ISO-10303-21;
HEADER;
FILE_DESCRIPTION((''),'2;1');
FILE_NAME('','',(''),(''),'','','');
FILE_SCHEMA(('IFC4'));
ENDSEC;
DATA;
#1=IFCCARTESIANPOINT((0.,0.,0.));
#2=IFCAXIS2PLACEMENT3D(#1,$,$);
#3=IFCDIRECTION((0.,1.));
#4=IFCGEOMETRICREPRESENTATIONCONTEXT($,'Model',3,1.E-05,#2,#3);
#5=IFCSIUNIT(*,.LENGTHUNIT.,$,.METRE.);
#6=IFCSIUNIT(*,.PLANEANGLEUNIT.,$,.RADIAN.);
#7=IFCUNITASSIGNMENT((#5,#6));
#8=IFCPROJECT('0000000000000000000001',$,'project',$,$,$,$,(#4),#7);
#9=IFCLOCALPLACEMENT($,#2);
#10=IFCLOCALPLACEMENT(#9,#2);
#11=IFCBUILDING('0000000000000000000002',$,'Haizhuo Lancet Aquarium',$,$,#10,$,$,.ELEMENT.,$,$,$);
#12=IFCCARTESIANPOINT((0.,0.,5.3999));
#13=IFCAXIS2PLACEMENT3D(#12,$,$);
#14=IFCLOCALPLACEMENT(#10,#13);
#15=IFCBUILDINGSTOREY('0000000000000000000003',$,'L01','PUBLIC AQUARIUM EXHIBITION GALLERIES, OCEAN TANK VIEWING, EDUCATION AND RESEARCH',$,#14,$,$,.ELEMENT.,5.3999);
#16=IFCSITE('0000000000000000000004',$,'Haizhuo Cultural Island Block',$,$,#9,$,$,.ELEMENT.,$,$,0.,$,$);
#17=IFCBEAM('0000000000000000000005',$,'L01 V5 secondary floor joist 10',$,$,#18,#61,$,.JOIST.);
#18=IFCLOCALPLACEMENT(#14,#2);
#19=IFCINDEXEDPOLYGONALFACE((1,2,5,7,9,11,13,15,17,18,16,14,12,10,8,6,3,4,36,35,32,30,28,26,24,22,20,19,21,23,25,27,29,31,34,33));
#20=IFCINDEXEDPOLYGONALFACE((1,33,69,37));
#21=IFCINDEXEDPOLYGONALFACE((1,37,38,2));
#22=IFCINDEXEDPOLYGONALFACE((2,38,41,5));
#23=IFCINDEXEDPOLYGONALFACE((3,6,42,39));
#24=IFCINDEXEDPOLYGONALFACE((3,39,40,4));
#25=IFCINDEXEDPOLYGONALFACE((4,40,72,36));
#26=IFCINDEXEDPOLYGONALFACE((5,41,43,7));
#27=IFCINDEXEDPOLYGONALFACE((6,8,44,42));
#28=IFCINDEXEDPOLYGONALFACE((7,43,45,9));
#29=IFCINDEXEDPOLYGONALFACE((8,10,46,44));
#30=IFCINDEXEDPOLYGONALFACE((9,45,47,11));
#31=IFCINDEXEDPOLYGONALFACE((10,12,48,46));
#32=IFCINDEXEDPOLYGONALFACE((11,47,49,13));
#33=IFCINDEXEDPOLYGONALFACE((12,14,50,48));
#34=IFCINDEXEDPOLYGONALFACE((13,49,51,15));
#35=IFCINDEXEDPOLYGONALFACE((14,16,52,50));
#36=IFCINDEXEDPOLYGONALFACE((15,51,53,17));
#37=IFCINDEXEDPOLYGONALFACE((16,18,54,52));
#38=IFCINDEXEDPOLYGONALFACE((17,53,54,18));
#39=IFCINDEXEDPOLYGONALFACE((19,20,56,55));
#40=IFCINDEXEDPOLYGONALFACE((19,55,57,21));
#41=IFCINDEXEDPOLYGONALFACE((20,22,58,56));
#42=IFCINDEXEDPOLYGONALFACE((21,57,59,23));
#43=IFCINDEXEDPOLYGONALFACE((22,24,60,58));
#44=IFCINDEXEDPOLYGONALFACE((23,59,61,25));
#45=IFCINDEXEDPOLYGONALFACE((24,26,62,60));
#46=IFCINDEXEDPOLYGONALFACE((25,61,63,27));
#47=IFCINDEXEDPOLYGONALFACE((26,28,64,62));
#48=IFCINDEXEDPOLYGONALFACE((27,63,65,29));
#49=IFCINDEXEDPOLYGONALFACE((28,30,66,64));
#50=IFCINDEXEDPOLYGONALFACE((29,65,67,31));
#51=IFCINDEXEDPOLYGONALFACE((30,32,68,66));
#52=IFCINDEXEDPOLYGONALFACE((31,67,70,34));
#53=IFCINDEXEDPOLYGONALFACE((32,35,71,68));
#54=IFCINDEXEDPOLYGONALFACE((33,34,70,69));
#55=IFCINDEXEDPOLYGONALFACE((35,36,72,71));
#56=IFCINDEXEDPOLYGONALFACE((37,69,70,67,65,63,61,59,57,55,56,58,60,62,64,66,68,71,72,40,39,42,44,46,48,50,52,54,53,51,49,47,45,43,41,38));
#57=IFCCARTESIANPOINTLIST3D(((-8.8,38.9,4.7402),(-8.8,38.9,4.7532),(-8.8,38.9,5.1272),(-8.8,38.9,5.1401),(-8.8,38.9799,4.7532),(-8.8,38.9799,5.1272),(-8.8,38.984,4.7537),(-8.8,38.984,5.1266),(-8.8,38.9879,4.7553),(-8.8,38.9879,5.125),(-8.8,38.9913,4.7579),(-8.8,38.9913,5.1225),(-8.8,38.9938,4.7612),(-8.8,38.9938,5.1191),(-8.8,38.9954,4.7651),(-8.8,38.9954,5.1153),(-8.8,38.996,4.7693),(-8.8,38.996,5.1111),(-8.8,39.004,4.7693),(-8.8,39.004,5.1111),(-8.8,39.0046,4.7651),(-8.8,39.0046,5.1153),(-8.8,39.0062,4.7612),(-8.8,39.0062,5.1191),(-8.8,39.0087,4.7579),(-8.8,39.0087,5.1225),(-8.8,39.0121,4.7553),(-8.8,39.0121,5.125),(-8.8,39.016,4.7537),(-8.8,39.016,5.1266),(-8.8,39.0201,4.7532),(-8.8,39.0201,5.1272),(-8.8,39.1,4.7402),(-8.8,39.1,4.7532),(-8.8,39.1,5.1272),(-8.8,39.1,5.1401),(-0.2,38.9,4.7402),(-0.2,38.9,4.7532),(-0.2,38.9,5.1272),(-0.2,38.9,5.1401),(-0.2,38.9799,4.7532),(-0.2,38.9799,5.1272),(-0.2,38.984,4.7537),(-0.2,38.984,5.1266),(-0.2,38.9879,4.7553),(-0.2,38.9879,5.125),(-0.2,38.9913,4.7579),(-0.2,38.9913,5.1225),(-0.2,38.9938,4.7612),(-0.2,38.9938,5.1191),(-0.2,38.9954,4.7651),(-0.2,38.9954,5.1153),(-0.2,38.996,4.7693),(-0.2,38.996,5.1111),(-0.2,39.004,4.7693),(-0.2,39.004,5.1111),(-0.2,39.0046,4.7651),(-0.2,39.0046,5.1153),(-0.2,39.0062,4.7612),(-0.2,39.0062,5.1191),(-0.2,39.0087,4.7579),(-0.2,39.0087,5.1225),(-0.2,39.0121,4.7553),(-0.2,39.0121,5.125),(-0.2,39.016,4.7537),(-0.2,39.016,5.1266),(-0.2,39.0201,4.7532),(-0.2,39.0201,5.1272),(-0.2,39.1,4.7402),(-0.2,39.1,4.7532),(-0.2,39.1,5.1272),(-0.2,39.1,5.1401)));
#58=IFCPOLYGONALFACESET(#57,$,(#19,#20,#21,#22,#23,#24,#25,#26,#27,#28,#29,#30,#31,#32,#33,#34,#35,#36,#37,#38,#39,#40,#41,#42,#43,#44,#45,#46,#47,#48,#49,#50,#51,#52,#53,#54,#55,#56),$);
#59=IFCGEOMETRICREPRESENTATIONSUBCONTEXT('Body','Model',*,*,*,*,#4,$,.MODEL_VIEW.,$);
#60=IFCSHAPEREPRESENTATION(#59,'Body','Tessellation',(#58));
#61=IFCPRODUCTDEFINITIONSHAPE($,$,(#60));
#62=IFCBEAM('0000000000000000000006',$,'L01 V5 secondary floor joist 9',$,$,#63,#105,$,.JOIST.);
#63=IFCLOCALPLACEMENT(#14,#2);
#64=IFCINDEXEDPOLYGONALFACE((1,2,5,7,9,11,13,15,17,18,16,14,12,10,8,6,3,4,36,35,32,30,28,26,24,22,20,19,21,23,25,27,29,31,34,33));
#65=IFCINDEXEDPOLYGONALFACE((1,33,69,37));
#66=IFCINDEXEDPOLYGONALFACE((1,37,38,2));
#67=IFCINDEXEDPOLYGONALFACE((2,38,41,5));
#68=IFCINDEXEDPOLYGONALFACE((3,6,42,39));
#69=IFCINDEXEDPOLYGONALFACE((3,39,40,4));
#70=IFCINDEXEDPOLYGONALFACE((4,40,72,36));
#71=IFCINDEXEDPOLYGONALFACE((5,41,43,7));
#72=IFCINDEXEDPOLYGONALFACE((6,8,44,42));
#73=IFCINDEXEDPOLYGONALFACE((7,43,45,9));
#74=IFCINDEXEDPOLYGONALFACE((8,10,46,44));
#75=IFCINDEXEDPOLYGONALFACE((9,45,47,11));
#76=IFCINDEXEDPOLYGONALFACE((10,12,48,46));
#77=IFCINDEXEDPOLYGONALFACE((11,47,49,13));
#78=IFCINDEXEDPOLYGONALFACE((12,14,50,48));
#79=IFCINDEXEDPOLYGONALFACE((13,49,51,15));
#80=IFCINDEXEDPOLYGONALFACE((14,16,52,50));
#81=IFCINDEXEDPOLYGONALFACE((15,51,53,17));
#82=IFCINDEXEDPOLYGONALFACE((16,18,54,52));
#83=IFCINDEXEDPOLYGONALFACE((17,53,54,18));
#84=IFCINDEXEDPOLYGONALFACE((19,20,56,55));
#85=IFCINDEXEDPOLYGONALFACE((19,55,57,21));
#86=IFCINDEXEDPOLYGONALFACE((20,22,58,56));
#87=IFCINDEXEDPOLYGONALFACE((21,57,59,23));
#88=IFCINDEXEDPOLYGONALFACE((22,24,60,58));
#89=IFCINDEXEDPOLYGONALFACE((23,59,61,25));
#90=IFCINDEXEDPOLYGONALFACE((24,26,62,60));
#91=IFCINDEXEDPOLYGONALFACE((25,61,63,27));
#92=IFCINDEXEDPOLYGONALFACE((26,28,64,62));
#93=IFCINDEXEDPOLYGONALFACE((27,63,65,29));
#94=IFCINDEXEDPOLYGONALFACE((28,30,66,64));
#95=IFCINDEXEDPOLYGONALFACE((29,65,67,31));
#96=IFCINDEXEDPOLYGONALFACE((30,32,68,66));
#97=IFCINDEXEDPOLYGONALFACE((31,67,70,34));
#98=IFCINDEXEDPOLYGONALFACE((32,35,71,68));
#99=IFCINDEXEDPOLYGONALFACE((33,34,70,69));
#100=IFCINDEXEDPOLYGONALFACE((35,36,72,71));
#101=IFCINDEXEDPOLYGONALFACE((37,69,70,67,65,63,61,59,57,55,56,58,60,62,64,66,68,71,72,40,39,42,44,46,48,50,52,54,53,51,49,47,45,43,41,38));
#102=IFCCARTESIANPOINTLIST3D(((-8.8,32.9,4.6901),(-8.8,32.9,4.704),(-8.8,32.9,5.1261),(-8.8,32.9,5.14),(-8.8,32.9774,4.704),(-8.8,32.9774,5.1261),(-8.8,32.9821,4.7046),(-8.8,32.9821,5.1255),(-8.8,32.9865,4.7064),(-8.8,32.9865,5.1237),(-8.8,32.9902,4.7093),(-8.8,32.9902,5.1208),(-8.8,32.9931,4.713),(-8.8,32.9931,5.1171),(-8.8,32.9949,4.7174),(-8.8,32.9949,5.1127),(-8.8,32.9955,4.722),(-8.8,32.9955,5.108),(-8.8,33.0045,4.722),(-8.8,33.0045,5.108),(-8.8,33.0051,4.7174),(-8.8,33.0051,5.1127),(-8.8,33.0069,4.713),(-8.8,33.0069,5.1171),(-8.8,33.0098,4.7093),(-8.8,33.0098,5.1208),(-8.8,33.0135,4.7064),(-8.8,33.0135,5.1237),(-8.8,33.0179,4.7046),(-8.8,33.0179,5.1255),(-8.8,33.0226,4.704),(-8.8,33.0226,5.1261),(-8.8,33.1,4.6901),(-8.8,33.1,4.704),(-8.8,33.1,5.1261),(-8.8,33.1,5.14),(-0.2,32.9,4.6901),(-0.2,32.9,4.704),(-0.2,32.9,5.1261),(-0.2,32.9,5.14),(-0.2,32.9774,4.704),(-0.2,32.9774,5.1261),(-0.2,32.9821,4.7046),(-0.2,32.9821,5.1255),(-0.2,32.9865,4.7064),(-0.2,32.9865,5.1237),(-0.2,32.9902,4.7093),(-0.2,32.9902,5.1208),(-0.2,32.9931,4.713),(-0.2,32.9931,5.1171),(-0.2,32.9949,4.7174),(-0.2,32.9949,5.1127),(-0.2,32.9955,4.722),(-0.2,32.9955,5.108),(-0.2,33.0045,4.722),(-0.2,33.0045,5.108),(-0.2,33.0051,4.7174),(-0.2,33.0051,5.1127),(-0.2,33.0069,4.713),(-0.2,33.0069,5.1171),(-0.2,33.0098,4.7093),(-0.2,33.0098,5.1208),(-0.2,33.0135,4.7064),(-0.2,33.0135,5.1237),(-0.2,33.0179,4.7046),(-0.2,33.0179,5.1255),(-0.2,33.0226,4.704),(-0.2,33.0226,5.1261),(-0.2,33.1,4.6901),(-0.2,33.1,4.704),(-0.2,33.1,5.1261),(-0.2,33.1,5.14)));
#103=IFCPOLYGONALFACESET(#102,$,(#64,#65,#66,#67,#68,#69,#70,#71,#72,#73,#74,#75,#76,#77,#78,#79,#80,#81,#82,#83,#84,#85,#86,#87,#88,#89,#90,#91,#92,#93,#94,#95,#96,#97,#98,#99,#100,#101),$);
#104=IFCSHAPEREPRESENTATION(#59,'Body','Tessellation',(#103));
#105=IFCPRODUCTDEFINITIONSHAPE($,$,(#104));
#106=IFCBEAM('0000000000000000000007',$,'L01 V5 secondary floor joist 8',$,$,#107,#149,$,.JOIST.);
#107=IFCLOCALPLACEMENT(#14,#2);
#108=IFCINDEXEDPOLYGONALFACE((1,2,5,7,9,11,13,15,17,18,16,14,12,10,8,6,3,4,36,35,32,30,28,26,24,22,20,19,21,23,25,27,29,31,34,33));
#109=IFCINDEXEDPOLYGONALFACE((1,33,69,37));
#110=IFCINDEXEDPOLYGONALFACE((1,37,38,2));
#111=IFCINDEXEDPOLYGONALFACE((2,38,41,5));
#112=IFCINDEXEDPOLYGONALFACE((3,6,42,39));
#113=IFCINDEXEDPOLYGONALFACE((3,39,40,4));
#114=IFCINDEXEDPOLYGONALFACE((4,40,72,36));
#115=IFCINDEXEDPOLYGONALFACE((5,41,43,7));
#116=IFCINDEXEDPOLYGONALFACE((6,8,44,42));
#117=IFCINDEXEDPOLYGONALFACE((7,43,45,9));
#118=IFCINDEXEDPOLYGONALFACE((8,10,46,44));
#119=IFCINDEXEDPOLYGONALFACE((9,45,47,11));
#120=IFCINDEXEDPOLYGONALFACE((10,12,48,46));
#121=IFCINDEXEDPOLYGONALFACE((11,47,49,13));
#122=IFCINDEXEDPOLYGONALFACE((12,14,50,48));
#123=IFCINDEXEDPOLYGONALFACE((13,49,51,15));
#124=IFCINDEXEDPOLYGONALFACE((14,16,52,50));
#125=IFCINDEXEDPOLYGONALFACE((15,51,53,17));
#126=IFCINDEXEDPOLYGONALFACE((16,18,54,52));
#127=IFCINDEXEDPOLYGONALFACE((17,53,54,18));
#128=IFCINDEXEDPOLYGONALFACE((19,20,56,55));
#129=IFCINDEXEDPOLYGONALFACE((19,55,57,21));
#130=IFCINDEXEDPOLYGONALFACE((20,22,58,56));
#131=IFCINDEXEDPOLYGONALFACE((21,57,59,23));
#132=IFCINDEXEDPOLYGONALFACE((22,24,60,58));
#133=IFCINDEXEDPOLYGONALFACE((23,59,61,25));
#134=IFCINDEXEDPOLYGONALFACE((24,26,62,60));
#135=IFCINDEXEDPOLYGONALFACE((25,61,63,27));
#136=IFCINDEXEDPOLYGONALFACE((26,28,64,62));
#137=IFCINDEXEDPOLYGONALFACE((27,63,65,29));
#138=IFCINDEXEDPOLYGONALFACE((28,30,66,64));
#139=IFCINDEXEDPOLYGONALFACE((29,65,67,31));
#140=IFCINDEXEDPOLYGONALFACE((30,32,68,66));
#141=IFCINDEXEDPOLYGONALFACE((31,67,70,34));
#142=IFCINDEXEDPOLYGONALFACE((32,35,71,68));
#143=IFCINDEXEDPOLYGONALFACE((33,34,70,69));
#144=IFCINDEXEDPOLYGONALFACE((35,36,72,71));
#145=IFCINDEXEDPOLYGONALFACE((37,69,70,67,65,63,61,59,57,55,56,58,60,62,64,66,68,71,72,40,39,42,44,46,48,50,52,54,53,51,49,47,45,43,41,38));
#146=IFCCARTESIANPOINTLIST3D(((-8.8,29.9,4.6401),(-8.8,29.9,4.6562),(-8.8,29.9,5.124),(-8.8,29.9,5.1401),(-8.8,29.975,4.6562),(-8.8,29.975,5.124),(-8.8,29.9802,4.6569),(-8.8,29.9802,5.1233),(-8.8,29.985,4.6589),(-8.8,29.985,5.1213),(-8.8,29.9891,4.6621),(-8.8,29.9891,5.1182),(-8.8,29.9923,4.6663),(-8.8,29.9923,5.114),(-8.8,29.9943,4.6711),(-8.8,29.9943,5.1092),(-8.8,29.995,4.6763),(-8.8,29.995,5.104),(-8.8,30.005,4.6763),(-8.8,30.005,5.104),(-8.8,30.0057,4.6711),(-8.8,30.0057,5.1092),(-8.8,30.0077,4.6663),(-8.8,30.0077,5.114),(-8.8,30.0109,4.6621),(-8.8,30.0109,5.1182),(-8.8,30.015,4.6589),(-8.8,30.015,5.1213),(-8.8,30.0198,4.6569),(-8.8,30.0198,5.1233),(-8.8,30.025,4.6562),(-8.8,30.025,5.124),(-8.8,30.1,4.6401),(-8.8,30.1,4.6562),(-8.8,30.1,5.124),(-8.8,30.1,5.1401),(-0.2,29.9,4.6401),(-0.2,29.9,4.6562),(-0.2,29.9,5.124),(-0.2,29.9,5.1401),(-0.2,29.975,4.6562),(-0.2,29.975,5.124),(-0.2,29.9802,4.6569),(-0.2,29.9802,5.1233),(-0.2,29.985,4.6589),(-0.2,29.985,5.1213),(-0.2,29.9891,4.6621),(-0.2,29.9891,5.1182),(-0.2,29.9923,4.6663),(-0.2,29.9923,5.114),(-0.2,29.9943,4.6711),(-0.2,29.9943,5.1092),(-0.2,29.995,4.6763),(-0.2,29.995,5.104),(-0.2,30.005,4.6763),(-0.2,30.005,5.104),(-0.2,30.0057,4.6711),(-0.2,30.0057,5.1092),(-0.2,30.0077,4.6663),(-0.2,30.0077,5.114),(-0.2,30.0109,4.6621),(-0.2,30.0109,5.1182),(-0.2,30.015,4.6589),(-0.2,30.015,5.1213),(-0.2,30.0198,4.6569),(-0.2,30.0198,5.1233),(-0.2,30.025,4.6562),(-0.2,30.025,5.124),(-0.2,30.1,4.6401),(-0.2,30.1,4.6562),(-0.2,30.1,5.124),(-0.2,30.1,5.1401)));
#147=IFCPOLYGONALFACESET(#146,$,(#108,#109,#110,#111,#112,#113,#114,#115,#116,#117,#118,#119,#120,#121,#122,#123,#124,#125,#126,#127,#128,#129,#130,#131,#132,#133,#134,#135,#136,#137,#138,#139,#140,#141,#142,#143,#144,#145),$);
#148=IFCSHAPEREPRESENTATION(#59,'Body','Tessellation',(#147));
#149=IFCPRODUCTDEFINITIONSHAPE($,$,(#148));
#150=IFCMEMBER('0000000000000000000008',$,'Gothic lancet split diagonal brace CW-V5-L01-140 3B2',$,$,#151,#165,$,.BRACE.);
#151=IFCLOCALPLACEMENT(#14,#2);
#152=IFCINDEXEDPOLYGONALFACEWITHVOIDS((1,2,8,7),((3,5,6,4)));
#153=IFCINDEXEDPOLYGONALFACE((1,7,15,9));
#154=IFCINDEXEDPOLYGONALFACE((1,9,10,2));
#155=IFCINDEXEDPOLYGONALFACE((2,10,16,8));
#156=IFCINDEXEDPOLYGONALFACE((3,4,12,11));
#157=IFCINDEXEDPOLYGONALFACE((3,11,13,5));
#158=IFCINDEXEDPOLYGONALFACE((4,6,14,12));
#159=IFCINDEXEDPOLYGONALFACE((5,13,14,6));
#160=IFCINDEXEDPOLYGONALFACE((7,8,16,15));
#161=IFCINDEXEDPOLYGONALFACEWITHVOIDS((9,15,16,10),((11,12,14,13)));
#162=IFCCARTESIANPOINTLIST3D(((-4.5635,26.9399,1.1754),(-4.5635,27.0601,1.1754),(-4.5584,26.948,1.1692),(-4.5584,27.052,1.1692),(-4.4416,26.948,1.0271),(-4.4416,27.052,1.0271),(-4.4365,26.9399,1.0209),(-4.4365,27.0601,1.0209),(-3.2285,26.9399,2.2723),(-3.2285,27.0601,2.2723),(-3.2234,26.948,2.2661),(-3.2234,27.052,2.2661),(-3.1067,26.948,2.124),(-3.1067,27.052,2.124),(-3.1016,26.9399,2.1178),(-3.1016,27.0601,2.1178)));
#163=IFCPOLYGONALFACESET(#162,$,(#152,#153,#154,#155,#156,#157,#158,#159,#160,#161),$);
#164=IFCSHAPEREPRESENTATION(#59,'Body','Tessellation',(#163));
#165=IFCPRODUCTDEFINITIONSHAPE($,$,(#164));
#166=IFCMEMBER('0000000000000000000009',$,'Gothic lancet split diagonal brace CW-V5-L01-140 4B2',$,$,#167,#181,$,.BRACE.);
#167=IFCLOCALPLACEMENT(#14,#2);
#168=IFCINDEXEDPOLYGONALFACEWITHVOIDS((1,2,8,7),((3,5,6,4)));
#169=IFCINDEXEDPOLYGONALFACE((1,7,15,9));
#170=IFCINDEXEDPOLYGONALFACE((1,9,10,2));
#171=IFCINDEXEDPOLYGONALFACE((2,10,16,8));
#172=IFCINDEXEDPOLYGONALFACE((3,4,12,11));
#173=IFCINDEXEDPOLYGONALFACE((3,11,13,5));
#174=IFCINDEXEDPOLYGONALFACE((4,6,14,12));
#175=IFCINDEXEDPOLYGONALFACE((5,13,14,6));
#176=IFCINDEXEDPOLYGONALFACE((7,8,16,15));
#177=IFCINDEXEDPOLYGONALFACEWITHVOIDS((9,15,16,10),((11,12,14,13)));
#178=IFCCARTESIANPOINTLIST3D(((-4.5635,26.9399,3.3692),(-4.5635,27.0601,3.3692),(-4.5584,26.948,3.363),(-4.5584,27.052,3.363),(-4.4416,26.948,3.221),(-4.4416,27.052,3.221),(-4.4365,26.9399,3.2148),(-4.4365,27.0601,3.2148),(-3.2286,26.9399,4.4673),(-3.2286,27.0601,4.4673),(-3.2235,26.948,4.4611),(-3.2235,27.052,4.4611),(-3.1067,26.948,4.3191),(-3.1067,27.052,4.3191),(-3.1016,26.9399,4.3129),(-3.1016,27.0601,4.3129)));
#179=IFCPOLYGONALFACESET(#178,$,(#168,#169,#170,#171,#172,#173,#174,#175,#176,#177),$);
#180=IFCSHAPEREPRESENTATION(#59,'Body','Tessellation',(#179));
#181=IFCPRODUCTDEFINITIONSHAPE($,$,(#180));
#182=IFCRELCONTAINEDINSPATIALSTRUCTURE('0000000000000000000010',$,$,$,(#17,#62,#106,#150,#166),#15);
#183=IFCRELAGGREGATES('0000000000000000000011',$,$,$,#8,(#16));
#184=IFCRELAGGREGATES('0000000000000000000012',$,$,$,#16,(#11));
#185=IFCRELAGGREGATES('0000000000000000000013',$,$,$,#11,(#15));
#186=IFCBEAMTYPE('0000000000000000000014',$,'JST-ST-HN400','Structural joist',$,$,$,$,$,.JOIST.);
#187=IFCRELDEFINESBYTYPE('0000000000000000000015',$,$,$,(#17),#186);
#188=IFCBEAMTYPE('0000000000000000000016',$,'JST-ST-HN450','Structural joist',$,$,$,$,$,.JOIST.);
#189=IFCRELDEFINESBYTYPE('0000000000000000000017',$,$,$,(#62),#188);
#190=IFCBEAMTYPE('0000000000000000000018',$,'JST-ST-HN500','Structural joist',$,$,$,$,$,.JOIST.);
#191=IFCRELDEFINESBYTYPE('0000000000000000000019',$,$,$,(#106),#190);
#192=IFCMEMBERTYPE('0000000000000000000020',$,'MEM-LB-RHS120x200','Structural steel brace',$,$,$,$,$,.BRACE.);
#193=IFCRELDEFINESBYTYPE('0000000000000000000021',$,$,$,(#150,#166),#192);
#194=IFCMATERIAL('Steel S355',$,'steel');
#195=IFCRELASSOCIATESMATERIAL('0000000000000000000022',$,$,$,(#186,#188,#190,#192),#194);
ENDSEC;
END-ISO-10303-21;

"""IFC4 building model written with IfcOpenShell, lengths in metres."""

from ifc_helpers import new_model, si_unit, direction, frame, origin, origin_2d, place, context, subcontext, project, spatial, hollow_rectangle, i_section, extrude, material, material_profile, profile_set, type_object, element, save


model = new_model("IFC4")

# Units and contexts
model_context = context("Model", 3, precision=1e-05, world=origin(), true_north=direction((0.0, 1.0)))
body_context = subcontext(model_context, "Body", "Model", "MODEL_VIEW")
ifc_project = project(units=[si_unit("LENGTHUNIT", "METRE"), si_unit("PLANEANGLEUNIT", "RADIAN")], contexts=[model_context])

# Site, building, storey
site_placement = place(None, origin())
site = spatial("IfcSite", under=ifc_project, at=site_placement, Name="Haizhuo Cultural Island Block", CompositionType="ELEMENT", RefElevation=0.0)
building_placement = place(site_placement, origin())
building = spatial("IfcBuilding", under=site, at=building_placement, Name="Haizhuo Lancet Aquarium", CompositionType="ELEMENT")
storey_placement = place(building_placement, frame((0.0, 0.0, 5.3999)))
storey = spatial("IfcBuildingStorey", under=building, at=storey_placement, Name="L01", Description="PUBLIC AQUARIUM EXHIBITION GALLERIES, OCEAN TANK VIEWING, EDUCATION AND RESEARCH", CompositionType="ELEMENT", Elevation=5.3999)

# Beams
ifc_material_1 = material(Name="Steel S355", Category="steel")
ifc_material_profile_1 = material_profile(ifc_material_1, i_section(OverallWidth=0.2, OverallDepth=0.3999, WebThickness=0.0081, FlangeThickness=0.0129, FilletRadius=0.0161, at=origin_2d()), Name="HN 400x200x8x13")
ifc_profile_set_1 = profile_set([ifc_material_profile_1], Name="Steel S355")
beam_type_1 = type_object("IfcBeamType", Name="JST-ST-HN400", Description="Structural joist", PredefinedType="JOIST", material=ifc_profile_set_1)
beam_1_placement = place(storey_placement, frame((-8.8, 39.0, 4.9402), z_axis=(1.0, 0.0, 0.0), x_axis=(0.0, 1.0, 0.0)))
element("IfcBeam", 1, at=beam_1_placement, inside=storey, type_object=beam_type_1, Name="L01 V5 secondary floor joist 10", PredefinedType="JOIST", context=body_context, shape_type="SweptSolid", body=[
    extrude(i_section(OverallWidth=0.2, OverallDepth=0.3999, WebThickness=0.0081, FlangeThickness=0.0129, FilletRadius=0.0161, at=origin_2d()), origin(), (0.0, 0.0, 1.0), 8.6001),
])
ifc_material_profile_2 = material_profile(ifc_material_1, i_section(OverallWidth=0.2, OverallDepth=0.45, WebThickness=0.009, FlangeThickness=0.0139, FilletRadius=0.0181, at=origin_2d()), Name="HN 450x200x9x14")
ifc_profile_set_2 = profile_set([ifc_material_profile_2], Name="Steel S355")
beam_type_2 = type_object("IfcBeamType", Name="JST-ST-HN450", Description="Structural joist", PredefinedType="JOIST", material=ifc_profile_set_2)
beam_2_placement = place(storey_placement, frame((-8.8, 33.0, 4.915), z_axis=(1.0, 0.0, 0.0), x_axis=(0.0, 1.0, 0.0)))
element("IfcBeam", 2, at=beam_2_placement, inside=storey, type_object=beam_type_2, Name="L01 V5 secondary floor joist 9", PredefinedType="JOIST", context=body_context, shape_type="SweptSolid", body=[
    extrude(i_section(OverallWidth=0.2, OverallDepth=0.45, WebThickness=0.009, FlangeThickness=0.0139, FilletRadius=0.0181, at=origin_2d()), origin(), (0.0, 0.0, 1.0), 8.6001),
])
ifc_material_profile_3 = material_profile(ifc_material_1, i_section(OverallWidth=0.2, OverallDepth=0.5, WebThickness=0.01, FlangeThickness=0.0161, FilletRadius=0.02, at=origin_2d()), Name="HN 500x200x10x16")
ifc_profile_set_3 = profile_set([ifc_material_profile_3], Name="Steel S355")
beam_type_3 = type_object("IfcBeamType", Name="JST-ST-HN500", Description="Structural joist", PredefinedType="JOIST", material=ifc_profile_set_3)
beam_3_placement = place(storey_placement, frame((-8.8, 30.0, 4.8901), z_axis=(1.0, 0.0, 0.0), x_axis=(0.0, 1.0, 0.0)))
element("IfcBeam", 3, at=beam_3_placement, inside=storey, type_object=beam_type_3, Name="L01 V5 secondary floor joist 8", PredefinedType="JOIST", context=body_context, shape_type="SweptSolid", body=[
    extrude(i_section(OverallWidth=0.2, OverallDepth=0.5, WebThickness=0.01, FlangeThickness=0.0161, FilletRadius=0.02, at=origin_2d()), origin(), (0.0, 0.0, 1.0), 8.6001),
])

# Members
ifc_material_profile_4 = material_profile(ifc_material_1, hollow_rectangle(XDim=0.1201, YDim=0.2, WallThickness=0.0081, at=origin_2d()), Name="RHS 120x200x8")
ifc_profile_set_4 = profile_set([ifc_material_profile_4], Name="Steel S355")
member_type_1 = type_object("IfcMemberType", Name="MEM-LB-RHS120x200", Description="Structural steel brace", PredefinedType="BRACE", material=ifc_profile_set_4)
member_1_placement = place(storey_placement, frame((-4.5, 27.0, 1.0981), z_axis=(0.772627, 0.0, 0.63486), x_axis=(0.0, 1.0, 0.0)))
element("IfcMember", 4, at=member_1_placement, inside=storey, type_object=member_type_1, Name="Gothic lancet split diagonal brace CW-V5-L01-140 3B2", PredefinedType="BRACE", context=body_context, shape_type="SweptSolid", body=[
    extrude(hollow_rectangle(XDim=0.1201, YDim=0.2, WallThickness=0.0081, at=origin_2d()), origin(), (0.0, 0.0, 1.0), 1.7278),
])
member_2_placement = place(storey_placement, frame((-4.5, 27.0, 3.292), z_axis=(0.772281, 0.0, 0.635281), x_axis=(0.0, 1.0, 0.0)))
element("IfcMember", 5, at=member_2_placement, inside=storey, type_object=member_type_1, Name="Gothic lancet split diagonal brace CW-V5-L01-140 4B2", PredefinedType="BRACE", context=body_context, shape_type="SweptSolid", body=[
    extrude(hollow_rectangle(XDim=0.1201, YDim=0.2, WallThickness=0.0081, at=origin_2d()), origin(), (0.0, 0.0, 1.0), 1.7285),
])

save(model, "model.ifc")
